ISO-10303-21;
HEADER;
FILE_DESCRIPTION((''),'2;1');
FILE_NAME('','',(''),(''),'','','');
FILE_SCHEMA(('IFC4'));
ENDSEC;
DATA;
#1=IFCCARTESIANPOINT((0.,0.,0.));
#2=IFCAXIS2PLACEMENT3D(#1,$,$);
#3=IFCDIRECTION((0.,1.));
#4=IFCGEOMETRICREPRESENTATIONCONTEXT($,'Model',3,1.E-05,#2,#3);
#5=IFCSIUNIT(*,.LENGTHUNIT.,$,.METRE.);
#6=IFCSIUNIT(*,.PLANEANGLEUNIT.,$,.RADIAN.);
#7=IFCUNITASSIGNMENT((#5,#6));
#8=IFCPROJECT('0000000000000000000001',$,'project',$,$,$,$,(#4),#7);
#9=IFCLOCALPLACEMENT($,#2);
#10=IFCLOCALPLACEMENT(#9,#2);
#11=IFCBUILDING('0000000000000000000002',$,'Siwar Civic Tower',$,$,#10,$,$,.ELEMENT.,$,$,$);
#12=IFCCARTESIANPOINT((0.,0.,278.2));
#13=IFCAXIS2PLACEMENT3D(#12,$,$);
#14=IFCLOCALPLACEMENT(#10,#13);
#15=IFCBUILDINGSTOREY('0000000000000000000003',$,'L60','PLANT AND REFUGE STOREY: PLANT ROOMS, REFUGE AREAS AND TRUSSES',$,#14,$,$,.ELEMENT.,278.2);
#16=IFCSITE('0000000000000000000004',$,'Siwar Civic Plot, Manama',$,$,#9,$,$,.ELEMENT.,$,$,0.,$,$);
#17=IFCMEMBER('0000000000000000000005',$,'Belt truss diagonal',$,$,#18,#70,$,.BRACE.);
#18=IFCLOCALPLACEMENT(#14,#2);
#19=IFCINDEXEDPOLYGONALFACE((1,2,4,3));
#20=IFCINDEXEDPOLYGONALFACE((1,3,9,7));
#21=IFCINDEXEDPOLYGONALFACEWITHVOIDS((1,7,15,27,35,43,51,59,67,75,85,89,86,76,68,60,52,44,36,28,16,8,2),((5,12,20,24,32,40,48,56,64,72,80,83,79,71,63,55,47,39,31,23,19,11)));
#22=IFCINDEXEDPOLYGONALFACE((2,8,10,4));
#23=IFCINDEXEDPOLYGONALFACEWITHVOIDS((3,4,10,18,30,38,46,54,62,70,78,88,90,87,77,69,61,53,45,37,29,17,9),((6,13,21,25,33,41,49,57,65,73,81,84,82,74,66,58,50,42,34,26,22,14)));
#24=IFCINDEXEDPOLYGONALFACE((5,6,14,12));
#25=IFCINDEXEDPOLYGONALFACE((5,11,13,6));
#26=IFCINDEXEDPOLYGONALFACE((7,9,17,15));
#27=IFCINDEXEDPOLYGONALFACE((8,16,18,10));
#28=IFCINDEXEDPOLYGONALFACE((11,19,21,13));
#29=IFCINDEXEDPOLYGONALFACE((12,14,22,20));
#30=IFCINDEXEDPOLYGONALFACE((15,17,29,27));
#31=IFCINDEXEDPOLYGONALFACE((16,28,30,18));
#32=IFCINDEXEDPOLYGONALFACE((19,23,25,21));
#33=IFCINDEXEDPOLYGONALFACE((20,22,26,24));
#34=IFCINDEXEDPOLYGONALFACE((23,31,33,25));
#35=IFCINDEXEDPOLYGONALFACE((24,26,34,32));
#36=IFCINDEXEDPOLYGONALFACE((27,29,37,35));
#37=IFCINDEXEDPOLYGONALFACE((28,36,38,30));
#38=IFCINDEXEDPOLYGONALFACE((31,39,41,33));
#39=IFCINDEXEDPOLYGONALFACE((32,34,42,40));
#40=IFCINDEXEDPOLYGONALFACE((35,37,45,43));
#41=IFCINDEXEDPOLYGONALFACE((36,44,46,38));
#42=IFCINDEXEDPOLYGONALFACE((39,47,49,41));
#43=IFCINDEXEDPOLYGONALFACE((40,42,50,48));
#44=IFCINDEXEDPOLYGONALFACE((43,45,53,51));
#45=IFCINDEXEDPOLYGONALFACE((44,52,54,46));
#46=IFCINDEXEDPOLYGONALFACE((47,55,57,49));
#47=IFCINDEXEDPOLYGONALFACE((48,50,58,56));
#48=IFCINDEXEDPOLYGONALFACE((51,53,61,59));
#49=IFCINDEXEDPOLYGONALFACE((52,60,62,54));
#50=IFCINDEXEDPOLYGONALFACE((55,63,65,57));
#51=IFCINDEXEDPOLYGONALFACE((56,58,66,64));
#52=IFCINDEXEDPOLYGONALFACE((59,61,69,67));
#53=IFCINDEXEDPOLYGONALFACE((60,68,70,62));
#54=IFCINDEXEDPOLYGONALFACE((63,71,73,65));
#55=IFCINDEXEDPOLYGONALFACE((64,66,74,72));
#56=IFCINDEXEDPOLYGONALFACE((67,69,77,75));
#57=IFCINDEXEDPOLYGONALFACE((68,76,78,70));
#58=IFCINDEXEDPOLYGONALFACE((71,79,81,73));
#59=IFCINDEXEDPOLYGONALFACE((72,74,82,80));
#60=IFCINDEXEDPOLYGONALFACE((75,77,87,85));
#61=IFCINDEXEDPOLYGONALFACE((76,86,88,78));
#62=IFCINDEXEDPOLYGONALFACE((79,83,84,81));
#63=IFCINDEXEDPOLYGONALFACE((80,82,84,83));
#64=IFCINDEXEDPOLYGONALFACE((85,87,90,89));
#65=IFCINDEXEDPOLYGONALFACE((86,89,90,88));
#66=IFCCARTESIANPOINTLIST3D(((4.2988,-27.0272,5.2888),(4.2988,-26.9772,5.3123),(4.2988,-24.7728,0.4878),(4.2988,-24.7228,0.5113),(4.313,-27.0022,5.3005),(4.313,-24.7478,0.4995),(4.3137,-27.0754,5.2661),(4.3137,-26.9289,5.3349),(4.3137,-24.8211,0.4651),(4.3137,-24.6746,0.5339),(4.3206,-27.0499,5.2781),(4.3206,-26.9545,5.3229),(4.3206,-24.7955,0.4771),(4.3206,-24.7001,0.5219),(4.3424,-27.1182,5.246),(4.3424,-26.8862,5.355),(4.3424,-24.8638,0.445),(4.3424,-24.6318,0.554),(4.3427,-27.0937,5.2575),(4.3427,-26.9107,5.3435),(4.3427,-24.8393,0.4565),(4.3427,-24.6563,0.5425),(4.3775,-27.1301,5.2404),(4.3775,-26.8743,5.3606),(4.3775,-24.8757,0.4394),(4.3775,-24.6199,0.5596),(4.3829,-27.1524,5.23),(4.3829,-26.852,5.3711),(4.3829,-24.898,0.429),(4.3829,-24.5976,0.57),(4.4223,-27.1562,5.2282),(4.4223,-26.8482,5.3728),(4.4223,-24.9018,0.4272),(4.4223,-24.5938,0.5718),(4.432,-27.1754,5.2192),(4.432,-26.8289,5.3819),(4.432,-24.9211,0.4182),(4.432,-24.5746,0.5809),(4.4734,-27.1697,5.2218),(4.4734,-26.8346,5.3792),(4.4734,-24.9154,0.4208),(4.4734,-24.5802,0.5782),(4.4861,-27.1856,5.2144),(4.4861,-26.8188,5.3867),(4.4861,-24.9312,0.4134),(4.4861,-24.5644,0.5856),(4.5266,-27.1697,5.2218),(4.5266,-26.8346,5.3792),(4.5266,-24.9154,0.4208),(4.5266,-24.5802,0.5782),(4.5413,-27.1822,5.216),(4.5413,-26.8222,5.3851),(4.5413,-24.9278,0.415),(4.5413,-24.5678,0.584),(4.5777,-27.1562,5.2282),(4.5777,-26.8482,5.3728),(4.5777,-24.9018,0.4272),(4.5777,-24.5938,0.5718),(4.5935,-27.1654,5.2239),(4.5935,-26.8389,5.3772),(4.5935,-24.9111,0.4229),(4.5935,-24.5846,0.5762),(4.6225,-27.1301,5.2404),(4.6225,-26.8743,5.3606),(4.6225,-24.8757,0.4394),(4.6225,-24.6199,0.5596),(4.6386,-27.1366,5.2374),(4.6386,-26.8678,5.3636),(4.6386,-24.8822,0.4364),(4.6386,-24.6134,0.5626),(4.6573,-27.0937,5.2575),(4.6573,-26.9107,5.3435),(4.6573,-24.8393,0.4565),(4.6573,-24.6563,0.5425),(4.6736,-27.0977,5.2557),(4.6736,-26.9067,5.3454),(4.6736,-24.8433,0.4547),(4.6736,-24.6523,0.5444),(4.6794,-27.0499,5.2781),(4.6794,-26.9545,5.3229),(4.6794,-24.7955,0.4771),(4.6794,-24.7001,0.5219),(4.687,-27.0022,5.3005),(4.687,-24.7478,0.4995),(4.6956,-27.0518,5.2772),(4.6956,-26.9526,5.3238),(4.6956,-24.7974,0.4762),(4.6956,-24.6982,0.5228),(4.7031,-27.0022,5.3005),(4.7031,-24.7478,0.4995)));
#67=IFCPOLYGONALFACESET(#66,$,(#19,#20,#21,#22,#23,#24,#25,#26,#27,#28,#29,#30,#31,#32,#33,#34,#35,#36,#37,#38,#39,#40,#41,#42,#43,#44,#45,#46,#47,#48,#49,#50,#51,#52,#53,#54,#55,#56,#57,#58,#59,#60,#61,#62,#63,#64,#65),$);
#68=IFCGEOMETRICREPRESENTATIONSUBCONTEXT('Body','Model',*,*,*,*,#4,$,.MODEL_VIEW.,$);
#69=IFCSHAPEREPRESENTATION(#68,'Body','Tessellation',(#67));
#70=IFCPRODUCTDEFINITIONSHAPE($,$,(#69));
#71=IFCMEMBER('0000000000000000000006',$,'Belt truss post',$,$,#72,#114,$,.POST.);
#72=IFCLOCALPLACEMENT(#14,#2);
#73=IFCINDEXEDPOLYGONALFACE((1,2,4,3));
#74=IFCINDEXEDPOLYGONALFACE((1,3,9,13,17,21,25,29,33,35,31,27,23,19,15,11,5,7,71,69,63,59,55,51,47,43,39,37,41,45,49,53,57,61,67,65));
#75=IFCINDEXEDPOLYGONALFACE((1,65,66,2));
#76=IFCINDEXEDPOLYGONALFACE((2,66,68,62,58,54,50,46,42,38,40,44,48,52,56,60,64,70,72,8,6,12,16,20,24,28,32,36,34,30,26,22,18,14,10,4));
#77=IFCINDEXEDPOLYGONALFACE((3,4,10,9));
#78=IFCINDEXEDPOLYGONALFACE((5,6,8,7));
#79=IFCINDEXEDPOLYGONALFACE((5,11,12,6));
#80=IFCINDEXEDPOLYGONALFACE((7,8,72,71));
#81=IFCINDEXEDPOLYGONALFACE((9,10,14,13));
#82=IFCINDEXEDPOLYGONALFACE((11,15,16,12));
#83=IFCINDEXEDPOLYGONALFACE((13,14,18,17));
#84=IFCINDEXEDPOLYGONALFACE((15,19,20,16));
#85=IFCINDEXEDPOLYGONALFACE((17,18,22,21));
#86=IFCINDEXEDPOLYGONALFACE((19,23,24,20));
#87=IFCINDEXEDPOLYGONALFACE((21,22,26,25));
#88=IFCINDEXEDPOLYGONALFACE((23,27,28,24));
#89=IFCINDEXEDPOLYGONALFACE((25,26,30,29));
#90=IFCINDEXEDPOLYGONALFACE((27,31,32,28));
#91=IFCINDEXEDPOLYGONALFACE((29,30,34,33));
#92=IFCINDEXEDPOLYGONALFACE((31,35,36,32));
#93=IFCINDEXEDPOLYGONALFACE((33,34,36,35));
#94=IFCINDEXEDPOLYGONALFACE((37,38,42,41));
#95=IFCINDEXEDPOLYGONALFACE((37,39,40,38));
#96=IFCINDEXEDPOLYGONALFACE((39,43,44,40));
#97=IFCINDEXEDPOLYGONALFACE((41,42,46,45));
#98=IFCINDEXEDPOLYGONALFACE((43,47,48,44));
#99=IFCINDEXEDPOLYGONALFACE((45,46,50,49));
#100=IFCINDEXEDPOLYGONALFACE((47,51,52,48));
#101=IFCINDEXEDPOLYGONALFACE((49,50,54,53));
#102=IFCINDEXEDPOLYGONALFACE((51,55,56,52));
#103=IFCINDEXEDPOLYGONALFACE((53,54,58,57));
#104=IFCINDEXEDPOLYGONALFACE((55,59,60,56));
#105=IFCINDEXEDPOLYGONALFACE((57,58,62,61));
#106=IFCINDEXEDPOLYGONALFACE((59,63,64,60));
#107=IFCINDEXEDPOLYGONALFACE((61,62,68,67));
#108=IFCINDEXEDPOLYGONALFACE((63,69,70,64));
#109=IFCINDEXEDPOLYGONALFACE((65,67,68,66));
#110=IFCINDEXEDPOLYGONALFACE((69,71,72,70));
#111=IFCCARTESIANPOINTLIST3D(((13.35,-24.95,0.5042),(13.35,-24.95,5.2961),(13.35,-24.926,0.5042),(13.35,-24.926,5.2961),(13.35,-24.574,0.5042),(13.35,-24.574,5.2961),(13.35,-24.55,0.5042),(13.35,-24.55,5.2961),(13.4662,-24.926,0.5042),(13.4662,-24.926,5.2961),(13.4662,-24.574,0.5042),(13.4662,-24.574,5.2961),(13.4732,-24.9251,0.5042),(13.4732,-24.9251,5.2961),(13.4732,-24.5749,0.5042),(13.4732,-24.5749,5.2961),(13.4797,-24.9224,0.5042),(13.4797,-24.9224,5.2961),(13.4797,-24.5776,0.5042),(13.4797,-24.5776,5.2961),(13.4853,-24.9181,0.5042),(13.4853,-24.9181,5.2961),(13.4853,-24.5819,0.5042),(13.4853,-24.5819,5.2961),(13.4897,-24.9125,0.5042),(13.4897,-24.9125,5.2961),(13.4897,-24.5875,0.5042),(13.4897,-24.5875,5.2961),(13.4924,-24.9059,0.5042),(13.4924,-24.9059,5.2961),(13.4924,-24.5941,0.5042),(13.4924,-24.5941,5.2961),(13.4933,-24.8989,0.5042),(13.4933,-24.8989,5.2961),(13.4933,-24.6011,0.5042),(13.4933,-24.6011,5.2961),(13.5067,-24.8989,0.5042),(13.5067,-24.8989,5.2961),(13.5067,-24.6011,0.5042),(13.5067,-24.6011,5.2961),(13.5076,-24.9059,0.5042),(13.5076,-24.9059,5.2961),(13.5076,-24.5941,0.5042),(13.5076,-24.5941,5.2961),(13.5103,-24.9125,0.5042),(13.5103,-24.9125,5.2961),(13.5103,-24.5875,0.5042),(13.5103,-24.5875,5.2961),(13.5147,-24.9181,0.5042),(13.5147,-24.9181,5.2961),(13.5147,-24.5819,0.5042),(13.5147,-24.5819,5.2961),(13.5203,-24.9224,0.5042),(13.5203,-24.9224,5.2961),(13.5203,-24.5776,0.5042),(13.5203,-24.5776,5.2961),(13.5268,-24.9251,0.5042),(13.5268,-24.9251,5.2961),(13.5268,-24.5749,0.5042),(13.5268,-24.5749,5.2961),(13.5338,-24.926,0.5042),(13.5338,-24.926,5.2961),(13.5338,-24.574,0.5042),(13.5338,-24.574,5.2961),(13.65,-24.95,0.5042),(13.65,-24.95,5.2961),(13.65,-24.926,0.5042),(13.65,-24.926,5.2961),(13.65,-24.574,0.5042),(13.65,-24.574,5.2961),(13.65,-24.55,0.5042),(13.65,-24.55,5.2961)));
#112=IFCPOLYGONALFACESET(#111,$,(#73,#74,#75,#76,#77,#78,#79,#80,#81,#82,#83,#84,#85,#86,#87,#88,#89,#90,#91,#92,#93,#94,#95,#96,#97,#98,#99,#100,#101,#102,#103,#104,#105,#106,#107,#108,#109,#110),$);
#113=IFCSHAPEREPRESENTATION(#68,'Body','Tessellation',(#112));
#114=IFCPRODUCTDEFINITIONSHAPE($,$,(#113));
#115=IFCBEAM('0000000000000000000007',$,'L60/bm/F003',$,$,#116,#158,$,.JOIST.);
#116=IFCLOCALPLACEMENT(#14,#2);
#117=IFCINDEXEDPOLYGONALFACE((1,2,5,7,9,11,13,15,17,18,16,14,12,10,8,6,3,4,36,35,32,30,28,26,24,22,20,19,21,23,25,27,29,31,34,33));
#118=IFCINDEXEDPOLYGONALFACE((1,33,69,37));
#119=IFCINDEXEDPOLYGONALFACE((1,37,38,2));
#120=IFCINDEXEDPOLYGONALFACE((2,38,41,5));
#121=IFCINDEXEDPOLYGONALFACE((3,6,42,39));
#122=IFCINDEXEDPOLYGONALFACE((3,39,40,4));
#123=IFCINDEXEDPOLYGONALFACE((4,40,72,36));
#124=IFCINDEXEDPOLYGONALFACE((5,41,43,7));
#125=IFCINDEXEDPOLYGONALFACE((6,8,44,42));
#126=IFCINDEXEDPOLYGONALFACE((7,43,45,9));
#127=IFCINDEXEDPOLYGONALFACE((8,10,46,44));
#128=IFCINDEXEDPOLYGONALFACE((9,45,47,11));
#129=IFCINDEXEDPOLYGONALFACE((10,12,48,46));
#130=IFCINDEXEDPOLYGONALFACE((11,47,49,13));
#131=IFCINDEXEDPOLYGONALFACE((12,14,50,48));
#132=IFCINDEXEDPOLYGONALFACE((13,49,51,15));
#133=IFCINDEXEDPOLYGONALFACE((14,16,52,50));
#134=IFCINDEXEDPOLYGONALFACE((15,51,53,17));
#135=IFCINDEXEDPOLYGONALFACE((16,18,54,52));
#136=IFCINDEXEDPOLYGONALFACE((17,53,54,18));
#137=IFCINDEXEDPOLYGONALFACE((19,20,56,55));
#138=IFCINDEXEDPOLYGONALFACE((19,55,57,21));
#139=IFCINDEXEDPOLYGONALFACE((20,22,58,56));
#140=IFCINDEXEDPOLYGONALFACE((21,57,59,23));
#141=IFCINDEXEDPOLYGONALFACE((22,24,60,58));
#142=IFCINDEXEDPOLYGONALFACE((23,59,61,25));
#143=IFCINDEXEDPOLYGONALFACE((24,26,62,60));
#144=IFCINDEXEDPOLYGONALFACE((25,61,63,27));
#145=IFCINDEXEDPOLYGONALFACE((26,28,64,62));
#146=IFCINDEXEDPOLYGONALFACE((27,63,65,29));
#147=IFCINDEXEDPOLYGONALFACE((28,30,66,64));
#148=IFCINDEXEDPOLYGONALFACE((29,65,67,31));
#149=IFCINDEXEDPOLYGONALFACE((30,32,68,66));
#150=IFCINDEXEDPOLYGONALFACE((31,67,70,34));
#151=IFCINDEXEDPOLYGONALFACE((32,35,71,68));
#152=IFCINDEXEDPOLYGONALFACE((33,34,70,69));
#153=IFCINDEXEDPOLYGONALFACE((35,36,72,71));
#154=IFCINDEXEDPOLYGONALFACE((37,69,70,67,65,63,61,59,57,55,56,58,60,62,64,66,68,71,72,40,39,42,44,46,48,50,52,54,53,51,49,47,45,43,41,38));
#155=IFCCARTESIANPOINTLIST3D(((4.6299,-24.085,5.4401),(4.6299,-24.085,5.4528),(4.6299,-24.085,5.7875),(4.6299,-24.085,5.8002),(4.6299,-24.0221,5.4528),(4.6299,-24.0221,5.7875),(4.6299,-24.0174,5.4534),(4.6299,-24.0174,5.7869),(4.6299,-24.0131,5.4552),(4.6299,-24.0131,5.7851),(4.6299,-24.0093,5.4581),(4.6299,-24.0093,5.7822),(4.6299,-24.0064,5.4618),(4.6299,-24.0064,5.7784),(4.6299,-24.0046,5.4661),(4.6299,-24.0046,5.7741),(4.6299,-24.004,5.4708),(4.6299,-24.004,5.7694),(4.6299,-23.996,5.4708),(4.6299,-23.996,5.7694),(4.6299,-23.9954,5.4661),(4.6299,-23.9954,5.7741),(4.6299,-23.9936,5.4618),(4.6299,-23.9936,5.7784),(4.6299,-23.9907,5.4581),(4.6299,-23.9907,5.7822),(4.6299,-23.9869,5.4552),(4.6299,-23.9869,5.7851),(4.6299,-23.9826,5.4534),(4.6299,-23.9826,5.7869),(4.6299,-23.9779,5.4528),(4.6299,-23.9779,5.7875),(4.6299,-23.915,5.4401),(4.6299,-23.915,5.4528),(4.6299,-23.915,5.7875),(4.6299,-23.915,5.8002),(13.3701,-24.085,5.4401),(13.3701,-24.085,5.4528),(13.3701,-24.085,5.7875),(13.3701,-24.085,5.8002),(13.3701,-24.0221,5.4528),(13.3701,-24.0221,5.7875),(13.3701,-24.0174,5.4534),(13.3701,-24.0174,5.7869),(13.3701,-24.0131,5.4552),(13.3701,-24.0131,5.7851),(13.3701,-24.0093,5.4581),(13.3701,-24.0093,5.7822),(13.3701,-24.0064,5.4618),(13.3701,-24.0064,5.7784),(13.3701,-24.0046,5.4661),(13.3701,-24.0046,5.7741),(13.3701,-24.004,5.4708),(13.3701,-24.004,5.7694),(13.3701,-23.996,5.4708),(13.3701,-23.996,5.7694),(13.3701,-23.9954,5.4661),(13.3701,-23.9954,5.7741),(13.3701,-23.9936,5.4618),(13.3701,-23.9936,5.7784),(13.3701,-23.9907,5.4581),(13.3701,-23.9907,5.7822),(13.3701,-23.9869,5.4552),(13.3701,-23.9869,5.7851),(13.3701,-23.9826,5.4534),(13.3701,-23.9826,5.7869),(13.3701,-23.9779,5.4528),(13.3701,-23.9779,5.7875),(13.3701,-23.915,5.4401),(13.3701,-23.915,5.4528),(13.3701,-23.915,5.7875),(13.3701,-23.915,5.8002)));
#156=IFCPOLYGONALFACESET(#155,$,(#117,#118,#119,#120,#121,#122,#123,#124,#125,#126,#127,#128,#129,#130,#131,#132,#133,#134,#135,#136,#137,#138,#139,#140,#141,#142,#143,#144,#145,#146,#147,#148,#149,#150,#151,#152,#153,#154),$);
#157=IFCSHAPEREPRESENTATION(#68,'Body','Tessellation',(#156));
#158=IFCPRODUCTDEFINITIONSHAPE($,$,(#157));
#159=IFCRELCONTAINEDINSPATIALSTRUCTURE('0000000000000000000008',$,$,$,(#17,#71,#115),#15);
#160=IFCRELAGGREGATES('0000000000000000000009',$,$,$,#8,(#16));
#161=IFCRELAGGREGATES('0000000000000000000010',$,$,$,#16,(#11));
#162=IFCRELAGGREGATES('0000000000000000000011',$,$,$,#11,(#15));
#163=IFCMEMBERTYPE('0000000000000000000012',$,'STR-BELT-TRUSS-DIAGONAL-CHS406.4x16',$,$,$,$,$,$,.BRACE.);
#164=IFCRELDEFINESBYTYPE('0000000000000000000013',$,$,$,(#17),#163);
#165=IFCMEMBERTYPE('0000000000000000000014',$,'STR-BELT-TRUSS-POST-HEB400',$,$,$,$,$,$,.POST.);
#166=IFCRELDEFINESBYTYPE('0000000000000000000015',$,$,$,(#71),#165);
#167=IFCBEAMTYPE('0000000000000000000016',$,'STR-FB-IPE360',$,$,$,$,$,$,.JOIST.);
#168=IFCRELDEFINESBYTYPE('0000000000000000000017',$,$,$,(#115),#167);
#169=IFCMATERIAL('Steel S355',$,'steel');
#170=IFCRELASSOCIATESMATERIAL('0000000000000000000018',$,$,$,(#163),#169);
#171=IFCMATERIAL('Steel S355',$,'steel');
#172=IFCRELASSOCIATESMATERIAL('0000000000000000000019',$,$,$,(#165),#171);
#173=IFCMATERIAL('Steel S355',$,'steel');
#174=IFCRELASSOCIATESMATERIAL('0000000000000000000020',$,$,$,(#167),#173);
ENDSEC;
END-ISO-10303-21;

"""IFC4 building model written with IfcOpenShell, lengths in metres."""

from ifc_helpers import new_model, si_unit, direction, frame, origin, origin_2d, place, context, subcontext, project, spatial, hollow_circle, i_section, extrude, material, material_profile, profile_set, type_object, element, save


model = new_model("IFC4")

# Units and contexts
model_context = context("Model", 3, precision=1e-05, world=origin(), true_north=direction((0.0, 1.0)))
body_context = subcontext(model_context, "Body", "Model", "MODEL_VIEW")
ifc_project = project(units=[si_unit("LENGTHUNIT", "METRE"), si_unit("PLANEANGLEUNIT", "RADIAN")], contexts=[model_context])

# Site, building, storey
site_placement = place(None, origin())
site = spatial("IfcSite", under=ifc_project, at=site_placement, Name="Siwar Civic Plot, Manama", CompositionType="ELEMENT", RefElevation=0.0)
building_placement = place(site_placement, origin())
building = spatial("IfcBuilding", under=site, at=building_placement, Name="Siwar Civic Tower", CompositionType="ELEMENT")
storey_placement = place(building_placement, frame((0.0, 0.0, 278.2)))
storey = spatial("IfcBuildingStorey", under=building, at=storey_placement, Name="L60", Description="PLANT AND REFUGE STOREY: PLANT ROOMS, REFUGE AREAS AND TRUSSES", CompositionType="ELEMENT", Elevation=278.2)

# Members
ifc_material_1 = material(Name="Steel S355", Category="steel")
ifc_material_profile_1 = material_profile(ifc_material_1, hollow_circle(Radius=0.2031, WallThickness=0.0161, at=origin_2d()), Name="CHS406.4x16")
ifc_profile_set_1 = profile_set([ifc_material_profile_1], Name="Steel S355")
member_type_1 = type_object("IfcMemberType", Name="STR-BELT-TRUSS-DIAGONAL-CHS406.4x16", PredefinedType="BRACE", material=ifc_profile_set_1)
member_1_placement = place(storey_placement, frame((4.5, -24.7478, 0.4995), z_axis=(0.0, -0.425039, 0.905175), x_axis=(1.0, 0.0, 0.0)))
element("IfcMember", 1, at=member_1_placement, inside=storey, type_object=member_type_1, Name="Belt truss diagonal", PredefinedType="BRACE", context=body_context, shape_type="SweptSolid", body=[
    extrude(hollow_circle(Radius=0.2031, WallThickness=0.0161, at=origin_2d()), origin(), (0.0, 0.0, 1.0), 5.304),
])
ifc_material_2 = material(Name="Steel S355", Category="steel")
ifc_material_profile_2 = material_profile(ifc_material_2, i_section(OverallWidth=0.3, OverallDepth=0.3999, WebThickness=0.0134, FlangeThickness=0.0239, FilletRadius=0.0271, at=origin_2d()), Name="HEB400")
ifc_profile_set_2 = profile_set([ifc_material_profile_2], Name="Steel S355")
member_type_2 = type_object("IfcMemberType", Name="STR-BELT-TRUSS-POST-HEB400", PredefinedType="POST", material=ifc_profile_set_2)
member_2_placement = place(storey_placement, frame((13.5, -24.75, 0.5042), z_axis=(0.0, 0.0, 1.0), x_axis=(1.0, 0.0, 0.0)))
element("IfcMember", 2, at=member_2_placement, inside=storey, type_object=member_type_2, Name="Belt truss post", PredefinedType="POST", context=body_context, shape_type="SweptSolid", body=[
    extrude(i_section(OverallWidth=0.3, OverallDepth=0.3999, WebThickness=0.0134, FlangeThickness=0.0239, FilletRadius=0.0271, at=origin_2d()), origin(), (0.0, 0.0, 1.0), 4.792),
])

# Beam
ifc_material_3 = material(Name="Steel S355", Category="steel")
ifc_material_profile_3 = material_profile(ifc_material_3, i_section(OverallWidth=0.1699, OverallDepth=0.3601, WebThickness=0.0081, FlangeThickness=0.0127, FilletRadius=0.0181, at=origin_2d()), Name="IPE360")
ifc_profile_set_3 = profile_set([ifc_material_profile_3], Name="Steel S355")
beam_type_1 = type_object("IfcBeamType", Name="STR-FB-IPE360", PredefinedType="JOIST", material=ifc_profile_set_3)
for number, where, z_axis, x_axis, name in (
    (3, (4.6299, -24.0, 5.6201), (1.0, 0.0, 0.0), (0.0, 1.0, 0.0), "L60/bm/F003"),
):
    element("IfcBeam", number, at=place(storey_placement, frame(where, z_axis=z_axis, x_axis=x_axis)), inside=storey, type_object=beam_type_1, Name=name, PredefinedType="JOIST", context=body_context, shape_type="SweptSolid", body=[
        extrude(i_section(OverallWidth=0.1699, OverallDepth=0.3601, WebThickness=0.0081, FlangeThickness=0.0127, FilletRadius=0.0181, at=origin_2d()), origin(), (0.0, 0.0, 1.0), 8.7402),
    ])

save(model, "model.ifc")
